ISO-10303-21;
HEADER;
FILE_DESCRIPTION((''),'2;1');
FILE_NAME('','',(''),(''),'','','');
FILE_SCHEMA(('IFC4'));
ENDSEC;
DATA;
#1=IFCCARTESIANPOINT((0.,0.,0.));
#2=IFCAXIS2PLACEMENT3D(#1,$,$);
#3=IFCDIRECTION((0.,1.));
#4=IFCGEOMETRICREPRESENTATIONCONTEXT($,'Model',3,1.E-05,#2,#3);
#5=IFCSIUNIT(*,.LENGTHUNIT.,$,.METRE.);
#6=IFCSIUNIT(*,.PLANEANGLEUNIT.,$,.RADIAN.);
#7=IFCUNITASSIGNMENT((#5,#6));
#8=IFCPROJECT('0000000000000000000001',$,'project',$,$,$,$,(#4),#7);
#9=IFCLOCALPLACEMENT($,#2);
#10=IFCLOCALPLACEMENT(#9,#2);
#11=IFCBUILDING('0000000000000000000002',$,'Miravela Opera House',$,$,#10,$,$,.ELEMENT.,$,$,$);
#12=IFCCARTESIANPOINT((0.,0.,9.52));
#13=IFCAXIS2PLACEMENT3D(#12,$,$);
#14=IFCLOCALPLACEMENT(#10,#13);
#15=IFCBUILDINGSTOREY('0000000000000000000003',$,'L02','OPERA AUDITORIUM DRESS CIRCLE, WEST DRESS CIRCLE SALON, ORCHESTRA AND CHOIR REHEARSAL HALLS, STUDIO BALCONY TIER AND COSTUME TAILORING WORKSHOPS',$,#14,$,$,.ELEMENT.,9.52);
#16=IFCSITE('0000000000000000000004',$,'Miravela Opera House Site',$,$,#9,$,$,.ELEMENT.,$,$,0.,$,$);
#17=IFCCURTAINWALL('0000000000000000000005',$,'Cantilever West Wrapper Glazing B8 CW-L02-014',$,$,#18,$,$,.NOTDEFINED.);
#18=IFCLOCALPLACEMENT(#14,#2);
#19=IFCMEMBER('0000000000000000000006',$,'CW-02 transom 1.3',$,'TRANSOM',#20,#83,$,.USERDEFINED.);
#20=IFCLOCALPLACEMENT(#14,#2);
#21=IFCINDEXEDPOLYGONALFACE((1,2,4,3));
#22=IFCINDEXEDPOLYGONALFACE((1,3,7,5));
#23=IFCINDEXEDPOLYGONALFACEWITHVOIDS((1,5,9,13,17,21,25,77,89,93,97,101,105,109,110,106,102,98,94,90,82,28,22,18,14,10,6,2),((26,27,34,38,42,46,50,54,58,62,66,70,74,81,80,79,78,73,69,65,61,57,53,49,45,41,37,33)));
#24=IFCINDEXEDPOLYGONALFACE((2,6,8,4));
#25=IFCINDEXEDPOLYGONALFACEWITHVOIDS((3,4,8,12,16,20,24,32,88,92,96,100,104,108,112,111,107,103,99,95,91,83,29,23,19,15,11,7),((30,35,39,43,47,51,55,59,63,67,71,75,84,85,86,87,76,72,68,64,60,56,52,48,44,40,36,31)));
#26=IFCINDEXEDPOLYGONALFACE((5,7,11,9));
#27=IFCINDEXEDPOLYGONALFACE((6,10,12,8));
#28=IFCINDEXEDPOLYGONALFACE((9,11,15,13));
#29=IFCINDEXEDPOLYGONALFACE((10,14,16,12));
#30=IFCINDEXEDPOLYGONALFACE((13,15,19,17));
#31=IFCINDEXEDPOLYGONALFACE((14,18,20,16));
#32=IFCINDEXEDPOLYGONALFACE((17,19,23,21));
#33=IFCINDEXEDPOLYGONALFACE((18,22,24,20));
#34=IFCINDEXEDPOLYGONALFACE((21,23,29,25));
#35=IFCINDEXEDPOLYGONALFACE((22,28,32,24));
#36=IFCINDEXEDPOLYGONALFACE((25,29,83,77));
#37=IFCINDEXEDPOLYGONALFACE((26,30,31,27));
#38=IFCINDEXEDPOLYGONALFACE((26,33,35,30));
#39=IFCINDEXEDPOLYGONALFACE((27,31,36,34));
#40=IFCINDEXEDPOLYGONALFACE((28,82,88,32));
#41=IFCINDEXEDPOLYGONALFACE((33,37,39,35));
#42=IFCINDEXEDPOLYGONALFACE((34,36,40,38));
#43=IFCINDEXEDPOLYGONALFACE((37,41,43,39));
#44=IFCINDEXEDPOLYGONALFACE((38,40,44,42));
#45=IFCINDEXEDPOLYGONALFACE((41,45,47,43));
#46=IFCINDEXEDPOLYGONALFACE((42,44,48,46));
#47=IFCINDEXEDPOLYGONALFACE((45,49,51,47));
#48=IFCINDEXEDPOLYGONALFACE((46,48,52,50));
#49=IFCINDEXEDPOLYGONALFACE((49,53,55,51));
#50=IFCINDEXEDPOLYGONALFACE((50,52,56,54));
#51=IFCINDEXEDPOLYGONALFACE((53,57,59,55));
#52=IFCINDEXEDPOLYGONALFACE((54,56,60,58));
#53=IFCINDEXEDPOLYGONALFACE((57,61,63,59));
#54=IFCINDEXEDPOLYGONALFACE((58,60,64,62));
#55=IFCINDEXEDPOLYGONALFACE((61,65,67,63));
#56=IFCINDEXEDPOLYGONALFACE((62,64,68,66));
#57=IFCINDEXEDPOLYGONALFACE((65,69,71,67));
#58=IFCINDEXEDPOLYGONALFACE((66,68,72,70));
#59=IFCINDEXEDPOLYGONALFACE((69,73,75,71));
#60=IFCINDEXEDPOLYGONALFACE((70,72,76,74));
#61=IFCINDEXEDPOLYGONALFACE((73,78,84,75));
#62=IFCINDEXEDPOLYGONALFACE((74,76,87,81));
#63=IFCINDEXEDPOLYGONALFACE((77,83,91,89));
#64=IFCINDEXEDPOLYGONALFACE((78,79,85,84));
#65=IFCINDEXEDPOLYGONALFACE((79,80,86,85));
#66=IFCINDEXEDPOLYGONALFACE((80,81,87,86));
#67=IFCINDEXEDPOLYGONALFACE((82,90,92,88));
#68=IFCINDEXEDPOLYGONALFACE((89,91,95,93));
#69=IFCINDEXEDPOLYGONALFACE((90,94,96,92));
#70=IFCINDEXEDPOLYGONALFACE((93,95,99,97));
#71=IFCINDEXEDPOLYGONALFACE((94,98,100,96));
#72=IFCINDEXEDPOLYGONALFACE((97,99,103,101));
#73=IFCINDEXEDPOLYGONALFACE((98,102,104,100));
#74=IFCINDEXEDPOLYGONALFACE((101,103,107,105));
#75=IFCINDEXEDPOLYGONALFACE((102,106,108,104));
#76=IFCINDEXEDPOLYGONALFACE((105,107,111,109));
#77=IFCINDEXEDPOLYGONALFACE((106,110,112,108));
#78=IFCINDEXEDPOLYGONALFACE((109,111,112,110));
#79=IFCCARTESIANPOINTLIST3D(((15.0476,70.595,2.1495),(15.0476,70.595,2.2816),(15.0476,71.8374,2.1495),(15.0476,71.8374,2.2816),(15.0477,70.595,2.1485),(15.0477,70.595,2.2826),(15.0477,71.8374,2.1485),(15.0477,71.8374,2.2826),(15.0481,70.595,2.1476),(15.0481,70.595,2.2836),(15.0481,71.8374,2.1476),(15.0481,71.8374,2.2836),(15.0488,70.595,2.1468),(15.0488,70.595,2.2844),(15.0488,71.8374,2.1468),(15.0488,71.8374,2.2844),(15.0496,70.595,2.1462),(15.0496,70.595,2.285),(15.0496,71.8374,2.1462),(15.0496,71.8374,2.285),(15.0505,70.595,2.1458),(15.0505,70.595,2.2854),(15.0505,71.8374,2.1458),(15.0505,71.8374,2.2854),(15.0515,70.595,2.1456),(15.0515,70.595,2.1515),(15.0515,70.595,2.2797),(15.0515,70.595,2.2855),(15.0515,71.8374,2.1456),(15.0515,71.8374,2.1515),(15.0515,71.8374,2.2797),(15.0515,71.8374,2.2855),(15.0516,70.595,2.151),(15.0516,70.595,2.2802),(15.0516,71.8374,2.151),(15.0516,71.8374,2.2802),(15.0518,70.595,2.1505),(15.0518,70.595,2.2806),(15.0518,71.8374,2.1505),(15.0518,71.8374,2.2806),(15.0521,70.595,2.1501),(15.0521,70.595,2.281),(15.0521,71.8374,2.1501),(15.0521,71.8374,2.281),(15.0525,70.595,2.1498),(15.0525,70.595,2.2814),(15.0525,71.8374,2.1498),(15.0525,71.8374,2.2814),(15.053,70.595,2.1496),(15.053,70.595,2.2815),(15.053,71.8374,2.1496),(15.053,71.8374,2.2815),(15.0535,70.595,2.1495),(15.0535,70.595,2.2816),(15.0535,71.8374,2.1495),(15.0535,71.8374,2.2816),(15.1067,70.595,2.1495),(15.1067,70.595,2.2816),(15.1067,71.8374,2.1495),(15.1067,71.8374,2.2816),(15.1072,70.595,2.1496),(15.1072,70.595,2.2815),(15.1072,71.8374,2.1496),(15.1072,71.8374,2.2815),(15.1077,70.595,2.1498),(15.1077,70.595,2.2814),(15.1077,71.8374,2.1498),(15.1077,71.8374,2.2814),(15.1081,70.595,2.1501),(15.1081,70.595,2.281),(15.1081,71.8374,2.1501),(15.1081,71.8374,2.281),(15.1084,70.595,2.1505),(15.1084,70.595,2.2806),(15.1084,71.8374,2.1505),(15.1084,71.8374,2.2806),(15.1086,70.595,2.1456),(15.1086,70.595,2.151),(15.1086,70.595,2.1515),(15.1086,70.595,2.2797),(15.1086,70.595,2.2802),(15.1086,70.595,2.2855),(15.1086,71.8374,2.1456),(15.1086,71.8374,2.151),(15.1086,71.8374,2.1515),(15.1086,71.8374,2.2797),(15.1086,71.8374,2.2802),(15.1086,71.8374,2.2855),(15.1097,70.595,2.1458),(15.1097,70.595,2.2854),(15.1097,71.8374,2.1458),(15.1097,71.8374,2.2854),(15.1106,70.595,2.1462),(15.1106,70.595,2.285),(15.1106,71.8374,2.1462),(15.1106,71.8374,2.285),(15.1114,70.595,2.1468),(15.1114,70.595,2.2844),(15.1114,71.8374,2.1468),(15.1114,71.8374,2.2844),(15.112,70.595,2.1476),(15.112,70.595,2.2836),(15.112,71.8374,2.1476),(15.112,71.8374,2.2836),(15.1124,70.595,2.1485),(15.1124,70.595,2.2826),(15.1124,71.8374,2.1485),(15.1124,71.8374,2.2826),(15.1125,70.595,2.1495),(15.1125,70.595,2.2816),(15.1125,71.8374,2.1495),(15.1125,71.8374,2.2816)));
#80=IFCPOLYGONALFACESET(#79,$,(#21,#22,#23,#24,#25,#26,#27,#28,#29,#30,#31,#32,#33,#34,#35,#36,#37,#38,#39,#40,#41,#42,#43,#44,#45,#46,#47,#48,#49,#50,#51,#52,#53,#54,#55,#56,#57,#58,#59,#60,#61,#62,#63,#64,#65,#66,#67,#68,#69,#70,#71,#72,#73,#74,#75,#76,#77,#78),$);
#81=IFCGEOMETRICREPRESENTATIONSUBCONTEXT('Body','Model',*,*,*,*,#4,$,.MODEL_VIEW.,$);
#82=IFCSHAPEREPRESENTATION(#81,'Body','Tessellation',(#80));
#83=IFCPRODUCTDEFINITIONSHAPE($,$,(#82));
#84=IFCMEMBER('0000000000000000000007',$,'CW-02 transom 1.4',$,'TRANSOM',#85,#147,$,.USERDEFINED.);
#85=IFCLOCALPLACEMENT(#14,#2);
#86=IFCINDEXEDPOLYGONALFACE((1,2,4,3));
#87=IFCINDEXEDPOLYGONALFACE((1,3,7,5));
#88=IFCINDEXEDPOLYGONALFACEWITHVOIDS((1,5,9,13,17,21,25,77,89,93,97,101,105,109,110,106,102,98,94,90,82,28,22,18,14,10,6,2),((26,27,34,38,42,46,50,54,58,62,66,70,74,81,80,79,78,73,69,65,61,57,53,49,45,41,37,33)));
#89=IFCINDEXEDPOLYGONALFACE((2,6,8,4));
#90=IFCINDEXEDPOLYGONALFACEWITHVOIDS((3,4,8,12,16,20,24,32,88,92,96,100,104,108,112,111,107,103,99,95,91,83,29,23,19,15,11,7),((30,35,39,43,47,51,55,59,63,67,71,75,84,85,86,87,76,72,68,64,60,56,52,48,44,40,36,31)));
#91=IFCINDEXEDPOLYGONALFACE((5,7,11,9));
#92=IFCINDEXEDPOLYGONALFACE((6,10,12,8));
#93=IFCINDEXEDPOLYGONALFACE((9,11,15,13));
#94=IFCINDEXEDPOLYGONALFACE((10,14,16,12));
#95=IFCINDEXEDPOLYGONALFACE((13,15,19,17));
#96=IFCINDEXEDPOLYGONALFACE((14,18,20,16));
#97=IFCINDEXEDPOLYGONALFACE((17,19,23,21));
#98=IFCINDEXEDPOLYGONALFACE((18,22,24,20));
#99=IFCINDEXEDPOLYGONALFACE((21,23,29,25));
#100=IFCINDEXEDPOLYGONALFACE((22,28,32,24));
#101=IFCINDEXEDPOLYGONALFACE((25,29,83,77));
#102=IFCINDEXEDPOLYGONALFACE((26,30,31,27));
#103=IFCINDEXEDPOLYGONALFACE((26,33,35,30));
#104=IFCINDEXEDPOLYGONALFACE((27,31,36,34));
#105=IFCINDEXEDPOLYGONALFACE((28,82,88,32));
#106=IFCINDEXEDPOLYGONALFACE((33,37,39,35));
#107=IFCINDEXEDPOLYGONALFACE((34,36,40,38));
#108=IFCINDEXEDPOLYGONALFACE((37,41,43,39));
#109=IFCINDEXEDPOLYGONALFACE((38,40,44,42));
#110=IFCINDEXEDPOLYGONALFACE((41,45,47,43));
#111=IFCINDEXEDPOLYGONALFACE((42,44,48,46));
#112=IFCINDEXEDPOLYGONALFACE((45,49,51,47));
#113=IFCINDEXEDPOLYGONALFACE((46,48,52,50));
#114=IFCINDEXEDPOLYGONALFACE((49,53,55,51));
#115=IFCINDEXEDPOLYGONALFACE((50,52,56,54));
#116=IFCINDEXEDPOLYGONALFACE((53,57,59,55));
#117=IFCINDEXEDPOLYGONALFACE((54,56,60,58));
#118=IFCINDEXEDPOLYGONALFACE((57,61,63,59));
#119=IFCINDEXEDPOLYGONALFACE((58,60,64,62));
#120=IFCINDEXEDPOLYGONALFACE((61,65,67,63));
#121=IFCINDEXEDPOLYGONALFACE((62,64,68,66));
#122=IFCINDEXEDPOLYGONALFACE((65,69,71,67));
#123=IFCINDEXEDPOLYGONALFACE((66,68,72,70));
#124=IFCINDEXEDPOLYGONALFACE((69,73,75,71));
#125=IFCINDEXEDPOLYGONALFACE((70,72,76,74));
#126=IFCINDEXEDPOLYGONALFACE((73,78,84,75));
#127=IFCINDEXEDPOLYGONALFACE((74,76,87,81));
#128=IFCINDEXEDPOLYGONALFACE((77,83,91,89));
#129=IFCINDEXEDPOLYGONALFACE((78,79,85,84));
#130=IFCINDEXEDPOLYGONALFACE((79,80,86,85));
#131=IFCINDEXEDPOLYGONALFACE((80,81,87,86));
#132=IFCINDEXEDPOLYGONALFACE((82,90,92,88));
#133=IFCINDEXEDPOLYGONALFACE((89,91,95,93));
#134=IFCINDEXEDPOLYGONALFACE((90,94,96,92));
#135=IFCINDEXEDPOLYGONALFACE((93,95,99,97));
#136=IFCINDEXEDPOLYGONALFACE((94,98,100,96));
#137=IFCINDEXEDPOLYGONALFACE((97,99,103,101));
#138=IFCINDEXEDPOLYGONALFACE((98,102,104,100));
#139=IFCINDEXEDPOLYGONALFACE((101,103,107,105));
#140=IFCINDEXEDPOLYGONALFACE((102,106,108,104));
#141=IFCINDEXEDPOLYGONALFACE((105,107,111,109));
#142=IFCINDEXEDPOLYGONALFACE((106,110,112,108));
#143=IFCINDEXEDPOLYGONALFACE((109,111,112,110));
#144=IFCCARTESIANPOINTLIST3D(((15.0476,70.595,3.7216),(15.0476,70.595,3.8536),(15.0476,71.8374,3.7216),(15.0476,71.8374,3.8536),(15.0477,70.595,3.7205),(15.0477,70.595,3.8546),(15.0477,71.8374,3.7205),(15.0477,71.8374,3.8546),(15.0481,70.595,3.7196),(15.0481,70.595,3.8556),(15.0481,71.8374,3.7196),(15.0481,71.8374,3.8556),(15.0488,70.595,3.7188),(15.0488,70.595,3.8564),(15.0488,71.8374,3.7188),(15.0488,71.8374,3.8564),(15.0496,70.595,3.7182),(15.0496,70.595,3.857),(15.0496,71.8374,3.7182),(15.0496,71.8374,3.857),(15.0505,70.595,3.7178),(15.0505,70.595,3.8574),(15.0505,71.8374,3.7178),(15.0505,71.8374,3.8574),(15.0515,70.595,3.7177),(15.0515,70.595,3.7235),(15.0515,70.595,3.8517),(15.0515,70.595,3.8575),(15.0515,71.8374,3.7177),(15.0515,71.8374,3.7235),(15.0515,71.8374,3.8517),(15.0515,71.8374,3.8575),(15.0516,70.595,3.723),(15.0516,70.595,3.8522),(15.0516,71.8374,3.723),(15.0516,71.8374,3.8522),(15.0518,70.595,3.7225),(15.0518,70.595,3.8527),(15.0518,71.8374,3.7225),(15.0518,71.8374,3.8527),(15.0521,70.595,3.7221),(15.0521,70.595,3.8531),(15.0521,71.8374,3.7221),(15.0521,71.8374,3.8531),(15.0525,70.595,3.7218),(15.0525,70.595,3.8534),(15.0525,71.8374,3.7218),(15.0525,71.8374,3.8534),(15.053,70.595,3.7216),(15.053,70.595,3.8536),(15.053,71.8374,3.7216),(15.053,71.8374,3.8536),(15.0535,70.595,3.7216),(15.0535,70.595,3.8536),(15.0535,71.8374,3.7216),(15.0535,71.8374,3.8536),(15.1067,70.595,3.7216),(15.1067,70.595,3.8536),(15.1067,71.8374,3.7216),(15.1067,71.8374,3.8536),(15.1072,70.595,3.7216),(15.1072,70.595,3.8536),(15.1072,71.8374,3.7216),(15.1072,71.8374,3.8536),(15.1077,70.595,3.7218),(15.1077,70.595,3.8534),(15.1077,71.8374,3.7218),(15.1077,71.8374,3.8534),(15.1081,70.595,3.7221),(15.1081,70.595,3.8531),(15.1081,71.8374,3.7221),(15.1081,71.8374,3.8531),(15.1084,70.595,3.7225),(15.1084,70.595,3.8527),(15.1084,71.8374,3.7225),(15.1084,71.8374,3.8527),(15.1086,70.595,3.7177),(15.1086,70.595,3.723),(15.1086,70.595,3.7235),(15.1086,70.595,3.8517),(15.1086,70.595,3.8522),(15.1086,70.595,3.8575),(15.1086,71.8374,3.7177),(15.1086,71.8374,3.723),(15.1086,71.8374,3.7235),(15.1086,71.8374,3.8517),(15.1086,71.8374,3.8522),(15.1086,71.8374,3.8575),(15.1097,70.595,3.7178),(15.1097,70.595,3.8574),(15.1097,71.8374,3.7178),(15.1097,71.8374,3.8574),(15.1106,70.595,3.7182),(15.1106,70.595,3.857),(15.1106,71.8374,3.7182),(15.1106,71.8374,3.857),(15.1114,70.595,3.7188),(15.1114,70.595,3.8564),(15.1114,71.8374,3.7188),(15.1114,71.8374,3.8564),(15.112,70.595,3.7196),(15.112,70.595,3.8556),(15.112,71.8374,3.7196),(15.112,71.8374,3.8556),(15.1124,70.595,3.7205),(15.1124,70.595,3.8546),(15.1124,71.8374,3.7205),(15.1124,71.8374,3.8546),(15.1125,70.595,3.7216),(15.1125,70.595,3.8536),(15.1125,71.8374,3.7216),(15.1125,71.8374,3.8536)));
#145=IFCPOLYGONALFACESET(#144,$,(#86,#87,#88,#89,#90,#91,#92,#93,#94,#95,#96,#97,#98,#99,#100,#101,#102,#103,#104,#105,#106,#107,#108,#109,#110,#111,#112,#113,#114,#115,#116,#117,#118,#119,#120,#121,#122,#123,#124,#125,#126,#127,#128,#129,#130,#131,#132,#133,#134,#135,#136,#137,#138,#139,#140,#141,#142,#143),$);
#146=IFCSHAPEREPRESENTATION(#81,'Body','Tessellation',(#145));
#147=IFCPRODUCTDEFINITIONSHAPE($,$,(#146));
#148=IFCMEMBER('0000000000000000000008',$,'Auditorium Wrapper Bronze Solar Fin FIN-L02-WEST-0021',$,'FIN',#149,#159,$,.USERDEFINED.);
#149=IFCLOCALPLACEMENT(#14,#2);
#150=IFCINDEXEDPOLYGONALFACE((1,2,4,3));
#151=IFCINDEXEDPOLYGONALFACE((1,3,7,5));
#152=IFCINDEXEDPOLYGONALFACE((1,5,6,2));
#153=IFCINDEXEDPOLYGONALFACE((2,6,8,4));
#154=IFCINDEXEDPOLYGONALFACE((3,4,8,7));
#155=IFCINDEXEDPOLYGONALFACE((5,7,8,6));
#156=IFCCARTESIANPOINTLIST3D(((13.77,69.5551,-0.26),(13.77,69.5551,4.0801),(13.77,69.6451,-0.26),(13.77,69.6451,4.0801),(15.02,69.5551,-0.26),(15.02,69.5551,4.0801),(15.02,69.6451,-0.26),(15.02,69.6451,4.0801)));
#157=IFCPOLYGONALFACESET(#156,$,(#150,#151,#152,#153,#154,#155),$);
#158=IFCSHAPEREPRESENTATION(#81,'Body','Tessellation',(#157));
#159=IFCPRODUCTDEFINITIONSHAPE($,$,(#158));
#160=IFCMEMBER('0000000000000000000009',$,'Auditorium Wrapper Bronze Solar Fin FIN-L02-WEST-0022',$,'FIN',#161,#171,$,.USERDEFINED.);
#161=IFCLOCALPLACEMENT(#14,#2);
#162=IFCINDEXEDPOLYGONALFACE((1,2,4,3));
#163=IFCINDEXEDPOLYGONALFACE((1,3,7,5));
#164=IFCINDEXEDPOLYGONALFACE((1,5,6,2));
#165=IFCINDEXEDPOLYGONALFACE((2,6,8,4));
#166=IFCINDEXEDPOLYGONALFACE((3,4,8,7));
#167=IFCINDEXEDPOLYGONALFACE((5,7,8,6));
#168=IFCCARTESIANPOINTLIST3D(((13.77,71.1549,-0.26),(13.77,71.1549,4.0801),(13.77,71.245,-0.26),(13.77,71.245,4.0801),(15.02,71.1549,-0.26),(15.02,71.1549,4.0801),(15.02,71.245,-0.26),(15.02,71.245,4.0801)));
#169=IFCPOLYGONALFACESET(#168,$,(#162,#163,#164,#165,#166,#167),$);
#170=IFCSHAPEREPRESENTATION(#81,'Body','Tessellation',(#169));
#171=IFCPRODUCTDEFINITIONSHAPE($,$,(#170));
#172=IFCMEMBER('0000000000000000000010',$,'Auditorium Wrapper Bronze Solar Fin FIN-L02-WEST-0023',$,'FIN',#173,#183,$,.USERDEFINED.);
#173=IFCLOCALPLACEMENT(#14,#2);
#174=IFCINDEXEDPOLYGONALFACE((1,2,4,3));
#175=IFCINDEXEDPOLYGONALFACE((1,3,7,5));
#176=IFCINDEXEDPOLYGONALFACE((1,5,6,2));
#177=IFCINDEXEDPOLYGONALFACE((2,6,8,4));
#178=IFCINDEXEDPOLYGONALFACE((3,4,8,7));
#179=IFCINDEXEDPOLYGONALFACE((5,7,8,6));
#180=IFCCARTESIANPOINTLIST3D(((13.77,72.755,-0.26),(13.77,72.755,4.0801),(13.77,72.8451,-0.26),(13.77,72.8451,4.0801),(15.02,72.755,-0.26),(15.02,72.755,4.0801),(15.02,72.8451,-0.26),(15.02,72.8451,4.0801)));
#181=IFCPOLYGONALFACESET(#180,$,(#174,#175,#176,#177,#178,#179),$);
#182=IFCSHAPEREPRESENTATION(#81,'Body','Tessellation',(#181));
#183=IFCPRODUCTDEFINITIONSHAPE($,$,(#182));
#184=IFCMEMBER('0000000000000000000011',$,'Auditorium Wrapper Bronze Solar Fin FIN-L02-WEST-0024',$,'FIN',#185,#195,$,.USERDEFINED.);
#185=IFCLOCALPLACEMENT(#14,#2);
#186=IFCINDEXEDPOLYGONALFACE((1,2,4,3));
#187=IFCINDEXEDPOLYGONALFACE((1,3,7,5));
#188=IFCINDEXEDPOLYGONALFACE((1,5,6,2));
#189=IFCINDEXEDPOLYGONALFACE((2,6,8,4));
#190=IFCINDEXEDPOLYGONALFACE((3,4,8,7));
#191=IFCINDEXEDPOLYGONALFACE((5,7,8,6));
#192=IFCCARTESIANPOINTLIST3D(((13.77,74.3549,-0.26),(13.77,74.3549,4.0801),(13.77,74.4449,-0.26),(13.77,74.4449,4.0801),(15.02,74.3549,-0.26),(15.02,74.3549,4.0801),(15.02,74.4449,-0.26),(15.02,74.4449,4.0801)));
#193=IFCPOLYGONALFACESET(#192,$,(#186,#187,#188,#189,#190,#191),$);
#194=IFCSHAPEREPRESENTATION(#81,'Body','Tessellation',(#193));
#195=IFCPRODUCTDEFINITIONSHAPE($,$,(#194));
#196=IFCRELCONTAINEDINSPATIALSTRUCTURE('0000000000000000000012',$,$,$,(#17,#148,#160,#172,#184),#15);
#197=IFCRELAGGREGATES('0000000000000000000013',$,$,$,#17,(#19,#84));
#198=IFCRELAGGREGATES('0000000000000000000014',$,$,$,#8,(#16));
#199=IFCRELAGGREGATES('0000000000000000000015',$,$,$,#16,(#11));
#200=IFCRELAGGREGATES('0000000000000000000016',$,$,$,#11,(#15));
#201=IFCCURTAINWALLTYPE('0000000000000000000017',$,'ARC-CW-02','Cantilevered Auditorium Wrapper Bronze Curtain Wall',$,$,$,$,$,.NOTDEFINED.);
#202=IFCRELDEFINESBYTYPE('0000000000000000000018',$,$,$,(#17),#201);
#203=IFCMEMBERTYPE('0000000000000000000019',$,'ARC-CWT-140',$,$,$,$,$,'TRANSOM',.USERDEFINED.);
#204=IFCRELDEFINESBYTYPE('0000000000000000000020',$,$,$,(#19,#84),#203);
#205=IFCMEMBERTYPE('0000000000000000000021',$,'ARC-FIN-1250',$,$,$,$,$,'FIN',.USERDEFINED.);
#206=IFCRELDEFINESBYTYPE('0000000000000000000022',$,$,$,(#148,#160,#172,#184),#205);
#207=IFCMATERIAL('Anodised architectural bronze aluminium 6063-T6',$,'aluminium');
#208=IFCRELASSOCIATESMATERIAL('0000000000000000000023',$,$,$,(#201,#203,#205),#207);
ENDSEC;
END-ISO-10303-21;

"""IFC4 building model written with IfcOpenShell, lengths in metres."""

from ifc_helpers import new_model, si_unit, direction, frame, origin, origin_2d, place, context, subcontext, project, spatial, rectangle, hollow_rectangle, extrude, material, material_profile, profile_set, type_object, element, aggregate, save


model = new_model("IFC4")

# Units and contexts
model_context = context("Model", 3, precision=1e-05, world=origin(), true_north=direction((0.0, 1.0)))
body_context = subcontext(model_context, "Body", "Model", "MODEL_VIEW")
ifc_project = project(units=[si_unit("LENGTHUNIT", "METRE"), si_unit("PLANEANGLEUNIT", "RADIAN")], contexts=[model_context])

# Site, building, storey
site_placement = place(None, origin())
site = spatial("IfcSite", under=ifc_project, at=site_placement, Name="Miravela Opera House Site", CompositionType="ELEMENT", RefElevation=0.0)
building_placement = place(site_placement, origin())
building = spatial("IfcBuilding", under=site, at=building_placement, Name="Miravela Opera House", CompositionType="ELEMENT")
storey_placement = place(building_placement, frame((0.0, 0.0, 9.52)))
storey = spatial("IfcBuildingStorey", under=building, at=storey_placement, Name="L02", Description="OPERA AUDITORIUM DRESS CIRCLE, WEST DRESS CIRCLE SALON, ORCHESTRA AND CHOIR REHEARSAL HALLS, STUDIO BALCONY TIER AND COSTUME TAILORING WORKSHOPS", CompositionType="ELEMENT", Elevation=9.52)

# Shared definitions
ifc_material_1 = material(Name="Anodised architectural bronze aluminium 6063-T6", Category="aluminium")
curtain_wall_type = type_object("IfcCurtainWallType", Name="ARC-CW-02", Description="Cantilevered Auditorium Wrapper Bronze Curtain Wall", PredefinedType="NOTDEFINED", material=ifc_material_1)

# Curtain wall, members
curtain_wall_1_placement = place(storey_placement, origin())
curtain_wall_1 = element("IfcCurtainWall", 1, at=curtain_wall_1_placement, inside=storey, type_object=curtain_wall_type, Name="Cantilever West Wrapper Glazing B8 CW-L02-014", PredefinedType="NOTDEFINED")
ifc_material_profile_1 = material_profile(ifc_material_1, hollow_rectangle(XDim=0.0649, YDim=0.1399, WallThickness=0.0039, InnerFilletRadius=0.002, OuterFilletRadius=0.0039, at=origin_2d()), Name="CWT-65X140")
ifc_profile_set_1 = profile_set([ifc_material_profile_1])
member_type_1 = type_object("IfcMemberType", Name="ARC-CWT-140", ElementType="TRANSOM", PredefinedType="USERDEFINED", material=ifc_profile_set_1)
member_1_placement = place(storey_placement, frame((15.0801, 70.595, 2.2156), z_axis=(0.0, 1.0, 0.0), x_axis=(-1.0, 0.0, 0.0)))
member_1 = element("IfcMember", 2, at=member_1_placement, type_object=member_type_1, Name="CW-02 transom 1.3", ObjectType="TRANSOM", PredefinedType="USERDEFINED", context=body_context, shape_type="SweptSolid", body=[
    extrude(hollow_rectangle(XDim=0.0649, YDim=0.1399, WallThickness=0.0039, InnerFilletRadius=0.002, OuterFilletRadius=0.0039, at=origin_2d()), origin(), (0.0, 0.0, 1.0), 1.2424),
])
member_2_placement = place(storey_placement, frame((15.0801, 70.595, 3.7876), z_axis=(0.0, 1.0, 0.0), x_axis=(-1.0, 0.0, 0.0)))
member_2 = element("IfcMember", 3, at=member_2_placement, type_object=member_type_1, Name="CW-02 transom 1.4", ObjectType="TRANSOM", PredefinedType="USERDEFINED", context=body_context, shape_type="SweptSolid", body=[
    extrude(hollow_rectangle(XDim=0.0649, YDim=0.1399, WallThickness=0.0039, InnerFilletRadius=0.002, OuterFilletRadius=0.0039, at=origin_2d()), origin(), (0.0, 0.0, 1.0), 1.2424),
])

# Members
ifc_material_profile_2 = material_profile(ifc_material_1, rectangle(XDim=0.0901, YDim=1.25, at=origin_2d()), Name="FIN-1250X90")
ifc_profile_set_2 = profile_set([ifc_material_profile_2])
member_type_2 = type_object("IfcMemberType", Name="ARC-FIN-1250", ElementType="FIN", PredefinedType="USERDEFINED", material=ifc_profile_set_2)
for number, where, z_axis, x_axis, name in (
    (4, (14.395, 69.6001, -0.26), (0.0, 0.0, 1.0), (0.0, 1.0, 0.0), "Auditorium Wrapper Bronze Solar Fin FIN-L02-WEST-0021"),
    (5, (14.395, 71.2, -0.26), (0.0, 0.0, 1.0), (0.0, 1.0, 0.0), "Auditorium Wrapper Bronze Solar Fin FIN-L02-WEST-0022"),
    (6, (14.395, 72.8, -0.26), (0.0, 0.0, 1.0), (0.0, 1.0, 0.0), "Auditorium Wrapper Bronze Solar Fin FIN-L02-WEST-0023"),
    (7, (14.395, 74.3999, -0.26), (0.0, 0.0, 1.0), (0.0, 1.0, 0.0), "Auditorium Wrapper Bronze Solar Fin FIN-L02-WEST-0024"),
):
    element("IfcMember", number, at=place(storey_placement, frame(where, z_axis=z_axis, x_axis=x_axis)), inside=storey, type_object=member_type_2, Name=name, ObjectType="FIN", PredefinedType="USERDEFINED", context=body_context, shape_type="SweptSolid", body=[
        extrude(rectangle(XDim=0.0901, YDim=1.25, at=origin_2d()), origin(), (0.0, 0.0, 1.0), 4.3401),
    ])

aggregate(curtain_wall_1, [member_1, member_2])

save(model, "model.ifc")
